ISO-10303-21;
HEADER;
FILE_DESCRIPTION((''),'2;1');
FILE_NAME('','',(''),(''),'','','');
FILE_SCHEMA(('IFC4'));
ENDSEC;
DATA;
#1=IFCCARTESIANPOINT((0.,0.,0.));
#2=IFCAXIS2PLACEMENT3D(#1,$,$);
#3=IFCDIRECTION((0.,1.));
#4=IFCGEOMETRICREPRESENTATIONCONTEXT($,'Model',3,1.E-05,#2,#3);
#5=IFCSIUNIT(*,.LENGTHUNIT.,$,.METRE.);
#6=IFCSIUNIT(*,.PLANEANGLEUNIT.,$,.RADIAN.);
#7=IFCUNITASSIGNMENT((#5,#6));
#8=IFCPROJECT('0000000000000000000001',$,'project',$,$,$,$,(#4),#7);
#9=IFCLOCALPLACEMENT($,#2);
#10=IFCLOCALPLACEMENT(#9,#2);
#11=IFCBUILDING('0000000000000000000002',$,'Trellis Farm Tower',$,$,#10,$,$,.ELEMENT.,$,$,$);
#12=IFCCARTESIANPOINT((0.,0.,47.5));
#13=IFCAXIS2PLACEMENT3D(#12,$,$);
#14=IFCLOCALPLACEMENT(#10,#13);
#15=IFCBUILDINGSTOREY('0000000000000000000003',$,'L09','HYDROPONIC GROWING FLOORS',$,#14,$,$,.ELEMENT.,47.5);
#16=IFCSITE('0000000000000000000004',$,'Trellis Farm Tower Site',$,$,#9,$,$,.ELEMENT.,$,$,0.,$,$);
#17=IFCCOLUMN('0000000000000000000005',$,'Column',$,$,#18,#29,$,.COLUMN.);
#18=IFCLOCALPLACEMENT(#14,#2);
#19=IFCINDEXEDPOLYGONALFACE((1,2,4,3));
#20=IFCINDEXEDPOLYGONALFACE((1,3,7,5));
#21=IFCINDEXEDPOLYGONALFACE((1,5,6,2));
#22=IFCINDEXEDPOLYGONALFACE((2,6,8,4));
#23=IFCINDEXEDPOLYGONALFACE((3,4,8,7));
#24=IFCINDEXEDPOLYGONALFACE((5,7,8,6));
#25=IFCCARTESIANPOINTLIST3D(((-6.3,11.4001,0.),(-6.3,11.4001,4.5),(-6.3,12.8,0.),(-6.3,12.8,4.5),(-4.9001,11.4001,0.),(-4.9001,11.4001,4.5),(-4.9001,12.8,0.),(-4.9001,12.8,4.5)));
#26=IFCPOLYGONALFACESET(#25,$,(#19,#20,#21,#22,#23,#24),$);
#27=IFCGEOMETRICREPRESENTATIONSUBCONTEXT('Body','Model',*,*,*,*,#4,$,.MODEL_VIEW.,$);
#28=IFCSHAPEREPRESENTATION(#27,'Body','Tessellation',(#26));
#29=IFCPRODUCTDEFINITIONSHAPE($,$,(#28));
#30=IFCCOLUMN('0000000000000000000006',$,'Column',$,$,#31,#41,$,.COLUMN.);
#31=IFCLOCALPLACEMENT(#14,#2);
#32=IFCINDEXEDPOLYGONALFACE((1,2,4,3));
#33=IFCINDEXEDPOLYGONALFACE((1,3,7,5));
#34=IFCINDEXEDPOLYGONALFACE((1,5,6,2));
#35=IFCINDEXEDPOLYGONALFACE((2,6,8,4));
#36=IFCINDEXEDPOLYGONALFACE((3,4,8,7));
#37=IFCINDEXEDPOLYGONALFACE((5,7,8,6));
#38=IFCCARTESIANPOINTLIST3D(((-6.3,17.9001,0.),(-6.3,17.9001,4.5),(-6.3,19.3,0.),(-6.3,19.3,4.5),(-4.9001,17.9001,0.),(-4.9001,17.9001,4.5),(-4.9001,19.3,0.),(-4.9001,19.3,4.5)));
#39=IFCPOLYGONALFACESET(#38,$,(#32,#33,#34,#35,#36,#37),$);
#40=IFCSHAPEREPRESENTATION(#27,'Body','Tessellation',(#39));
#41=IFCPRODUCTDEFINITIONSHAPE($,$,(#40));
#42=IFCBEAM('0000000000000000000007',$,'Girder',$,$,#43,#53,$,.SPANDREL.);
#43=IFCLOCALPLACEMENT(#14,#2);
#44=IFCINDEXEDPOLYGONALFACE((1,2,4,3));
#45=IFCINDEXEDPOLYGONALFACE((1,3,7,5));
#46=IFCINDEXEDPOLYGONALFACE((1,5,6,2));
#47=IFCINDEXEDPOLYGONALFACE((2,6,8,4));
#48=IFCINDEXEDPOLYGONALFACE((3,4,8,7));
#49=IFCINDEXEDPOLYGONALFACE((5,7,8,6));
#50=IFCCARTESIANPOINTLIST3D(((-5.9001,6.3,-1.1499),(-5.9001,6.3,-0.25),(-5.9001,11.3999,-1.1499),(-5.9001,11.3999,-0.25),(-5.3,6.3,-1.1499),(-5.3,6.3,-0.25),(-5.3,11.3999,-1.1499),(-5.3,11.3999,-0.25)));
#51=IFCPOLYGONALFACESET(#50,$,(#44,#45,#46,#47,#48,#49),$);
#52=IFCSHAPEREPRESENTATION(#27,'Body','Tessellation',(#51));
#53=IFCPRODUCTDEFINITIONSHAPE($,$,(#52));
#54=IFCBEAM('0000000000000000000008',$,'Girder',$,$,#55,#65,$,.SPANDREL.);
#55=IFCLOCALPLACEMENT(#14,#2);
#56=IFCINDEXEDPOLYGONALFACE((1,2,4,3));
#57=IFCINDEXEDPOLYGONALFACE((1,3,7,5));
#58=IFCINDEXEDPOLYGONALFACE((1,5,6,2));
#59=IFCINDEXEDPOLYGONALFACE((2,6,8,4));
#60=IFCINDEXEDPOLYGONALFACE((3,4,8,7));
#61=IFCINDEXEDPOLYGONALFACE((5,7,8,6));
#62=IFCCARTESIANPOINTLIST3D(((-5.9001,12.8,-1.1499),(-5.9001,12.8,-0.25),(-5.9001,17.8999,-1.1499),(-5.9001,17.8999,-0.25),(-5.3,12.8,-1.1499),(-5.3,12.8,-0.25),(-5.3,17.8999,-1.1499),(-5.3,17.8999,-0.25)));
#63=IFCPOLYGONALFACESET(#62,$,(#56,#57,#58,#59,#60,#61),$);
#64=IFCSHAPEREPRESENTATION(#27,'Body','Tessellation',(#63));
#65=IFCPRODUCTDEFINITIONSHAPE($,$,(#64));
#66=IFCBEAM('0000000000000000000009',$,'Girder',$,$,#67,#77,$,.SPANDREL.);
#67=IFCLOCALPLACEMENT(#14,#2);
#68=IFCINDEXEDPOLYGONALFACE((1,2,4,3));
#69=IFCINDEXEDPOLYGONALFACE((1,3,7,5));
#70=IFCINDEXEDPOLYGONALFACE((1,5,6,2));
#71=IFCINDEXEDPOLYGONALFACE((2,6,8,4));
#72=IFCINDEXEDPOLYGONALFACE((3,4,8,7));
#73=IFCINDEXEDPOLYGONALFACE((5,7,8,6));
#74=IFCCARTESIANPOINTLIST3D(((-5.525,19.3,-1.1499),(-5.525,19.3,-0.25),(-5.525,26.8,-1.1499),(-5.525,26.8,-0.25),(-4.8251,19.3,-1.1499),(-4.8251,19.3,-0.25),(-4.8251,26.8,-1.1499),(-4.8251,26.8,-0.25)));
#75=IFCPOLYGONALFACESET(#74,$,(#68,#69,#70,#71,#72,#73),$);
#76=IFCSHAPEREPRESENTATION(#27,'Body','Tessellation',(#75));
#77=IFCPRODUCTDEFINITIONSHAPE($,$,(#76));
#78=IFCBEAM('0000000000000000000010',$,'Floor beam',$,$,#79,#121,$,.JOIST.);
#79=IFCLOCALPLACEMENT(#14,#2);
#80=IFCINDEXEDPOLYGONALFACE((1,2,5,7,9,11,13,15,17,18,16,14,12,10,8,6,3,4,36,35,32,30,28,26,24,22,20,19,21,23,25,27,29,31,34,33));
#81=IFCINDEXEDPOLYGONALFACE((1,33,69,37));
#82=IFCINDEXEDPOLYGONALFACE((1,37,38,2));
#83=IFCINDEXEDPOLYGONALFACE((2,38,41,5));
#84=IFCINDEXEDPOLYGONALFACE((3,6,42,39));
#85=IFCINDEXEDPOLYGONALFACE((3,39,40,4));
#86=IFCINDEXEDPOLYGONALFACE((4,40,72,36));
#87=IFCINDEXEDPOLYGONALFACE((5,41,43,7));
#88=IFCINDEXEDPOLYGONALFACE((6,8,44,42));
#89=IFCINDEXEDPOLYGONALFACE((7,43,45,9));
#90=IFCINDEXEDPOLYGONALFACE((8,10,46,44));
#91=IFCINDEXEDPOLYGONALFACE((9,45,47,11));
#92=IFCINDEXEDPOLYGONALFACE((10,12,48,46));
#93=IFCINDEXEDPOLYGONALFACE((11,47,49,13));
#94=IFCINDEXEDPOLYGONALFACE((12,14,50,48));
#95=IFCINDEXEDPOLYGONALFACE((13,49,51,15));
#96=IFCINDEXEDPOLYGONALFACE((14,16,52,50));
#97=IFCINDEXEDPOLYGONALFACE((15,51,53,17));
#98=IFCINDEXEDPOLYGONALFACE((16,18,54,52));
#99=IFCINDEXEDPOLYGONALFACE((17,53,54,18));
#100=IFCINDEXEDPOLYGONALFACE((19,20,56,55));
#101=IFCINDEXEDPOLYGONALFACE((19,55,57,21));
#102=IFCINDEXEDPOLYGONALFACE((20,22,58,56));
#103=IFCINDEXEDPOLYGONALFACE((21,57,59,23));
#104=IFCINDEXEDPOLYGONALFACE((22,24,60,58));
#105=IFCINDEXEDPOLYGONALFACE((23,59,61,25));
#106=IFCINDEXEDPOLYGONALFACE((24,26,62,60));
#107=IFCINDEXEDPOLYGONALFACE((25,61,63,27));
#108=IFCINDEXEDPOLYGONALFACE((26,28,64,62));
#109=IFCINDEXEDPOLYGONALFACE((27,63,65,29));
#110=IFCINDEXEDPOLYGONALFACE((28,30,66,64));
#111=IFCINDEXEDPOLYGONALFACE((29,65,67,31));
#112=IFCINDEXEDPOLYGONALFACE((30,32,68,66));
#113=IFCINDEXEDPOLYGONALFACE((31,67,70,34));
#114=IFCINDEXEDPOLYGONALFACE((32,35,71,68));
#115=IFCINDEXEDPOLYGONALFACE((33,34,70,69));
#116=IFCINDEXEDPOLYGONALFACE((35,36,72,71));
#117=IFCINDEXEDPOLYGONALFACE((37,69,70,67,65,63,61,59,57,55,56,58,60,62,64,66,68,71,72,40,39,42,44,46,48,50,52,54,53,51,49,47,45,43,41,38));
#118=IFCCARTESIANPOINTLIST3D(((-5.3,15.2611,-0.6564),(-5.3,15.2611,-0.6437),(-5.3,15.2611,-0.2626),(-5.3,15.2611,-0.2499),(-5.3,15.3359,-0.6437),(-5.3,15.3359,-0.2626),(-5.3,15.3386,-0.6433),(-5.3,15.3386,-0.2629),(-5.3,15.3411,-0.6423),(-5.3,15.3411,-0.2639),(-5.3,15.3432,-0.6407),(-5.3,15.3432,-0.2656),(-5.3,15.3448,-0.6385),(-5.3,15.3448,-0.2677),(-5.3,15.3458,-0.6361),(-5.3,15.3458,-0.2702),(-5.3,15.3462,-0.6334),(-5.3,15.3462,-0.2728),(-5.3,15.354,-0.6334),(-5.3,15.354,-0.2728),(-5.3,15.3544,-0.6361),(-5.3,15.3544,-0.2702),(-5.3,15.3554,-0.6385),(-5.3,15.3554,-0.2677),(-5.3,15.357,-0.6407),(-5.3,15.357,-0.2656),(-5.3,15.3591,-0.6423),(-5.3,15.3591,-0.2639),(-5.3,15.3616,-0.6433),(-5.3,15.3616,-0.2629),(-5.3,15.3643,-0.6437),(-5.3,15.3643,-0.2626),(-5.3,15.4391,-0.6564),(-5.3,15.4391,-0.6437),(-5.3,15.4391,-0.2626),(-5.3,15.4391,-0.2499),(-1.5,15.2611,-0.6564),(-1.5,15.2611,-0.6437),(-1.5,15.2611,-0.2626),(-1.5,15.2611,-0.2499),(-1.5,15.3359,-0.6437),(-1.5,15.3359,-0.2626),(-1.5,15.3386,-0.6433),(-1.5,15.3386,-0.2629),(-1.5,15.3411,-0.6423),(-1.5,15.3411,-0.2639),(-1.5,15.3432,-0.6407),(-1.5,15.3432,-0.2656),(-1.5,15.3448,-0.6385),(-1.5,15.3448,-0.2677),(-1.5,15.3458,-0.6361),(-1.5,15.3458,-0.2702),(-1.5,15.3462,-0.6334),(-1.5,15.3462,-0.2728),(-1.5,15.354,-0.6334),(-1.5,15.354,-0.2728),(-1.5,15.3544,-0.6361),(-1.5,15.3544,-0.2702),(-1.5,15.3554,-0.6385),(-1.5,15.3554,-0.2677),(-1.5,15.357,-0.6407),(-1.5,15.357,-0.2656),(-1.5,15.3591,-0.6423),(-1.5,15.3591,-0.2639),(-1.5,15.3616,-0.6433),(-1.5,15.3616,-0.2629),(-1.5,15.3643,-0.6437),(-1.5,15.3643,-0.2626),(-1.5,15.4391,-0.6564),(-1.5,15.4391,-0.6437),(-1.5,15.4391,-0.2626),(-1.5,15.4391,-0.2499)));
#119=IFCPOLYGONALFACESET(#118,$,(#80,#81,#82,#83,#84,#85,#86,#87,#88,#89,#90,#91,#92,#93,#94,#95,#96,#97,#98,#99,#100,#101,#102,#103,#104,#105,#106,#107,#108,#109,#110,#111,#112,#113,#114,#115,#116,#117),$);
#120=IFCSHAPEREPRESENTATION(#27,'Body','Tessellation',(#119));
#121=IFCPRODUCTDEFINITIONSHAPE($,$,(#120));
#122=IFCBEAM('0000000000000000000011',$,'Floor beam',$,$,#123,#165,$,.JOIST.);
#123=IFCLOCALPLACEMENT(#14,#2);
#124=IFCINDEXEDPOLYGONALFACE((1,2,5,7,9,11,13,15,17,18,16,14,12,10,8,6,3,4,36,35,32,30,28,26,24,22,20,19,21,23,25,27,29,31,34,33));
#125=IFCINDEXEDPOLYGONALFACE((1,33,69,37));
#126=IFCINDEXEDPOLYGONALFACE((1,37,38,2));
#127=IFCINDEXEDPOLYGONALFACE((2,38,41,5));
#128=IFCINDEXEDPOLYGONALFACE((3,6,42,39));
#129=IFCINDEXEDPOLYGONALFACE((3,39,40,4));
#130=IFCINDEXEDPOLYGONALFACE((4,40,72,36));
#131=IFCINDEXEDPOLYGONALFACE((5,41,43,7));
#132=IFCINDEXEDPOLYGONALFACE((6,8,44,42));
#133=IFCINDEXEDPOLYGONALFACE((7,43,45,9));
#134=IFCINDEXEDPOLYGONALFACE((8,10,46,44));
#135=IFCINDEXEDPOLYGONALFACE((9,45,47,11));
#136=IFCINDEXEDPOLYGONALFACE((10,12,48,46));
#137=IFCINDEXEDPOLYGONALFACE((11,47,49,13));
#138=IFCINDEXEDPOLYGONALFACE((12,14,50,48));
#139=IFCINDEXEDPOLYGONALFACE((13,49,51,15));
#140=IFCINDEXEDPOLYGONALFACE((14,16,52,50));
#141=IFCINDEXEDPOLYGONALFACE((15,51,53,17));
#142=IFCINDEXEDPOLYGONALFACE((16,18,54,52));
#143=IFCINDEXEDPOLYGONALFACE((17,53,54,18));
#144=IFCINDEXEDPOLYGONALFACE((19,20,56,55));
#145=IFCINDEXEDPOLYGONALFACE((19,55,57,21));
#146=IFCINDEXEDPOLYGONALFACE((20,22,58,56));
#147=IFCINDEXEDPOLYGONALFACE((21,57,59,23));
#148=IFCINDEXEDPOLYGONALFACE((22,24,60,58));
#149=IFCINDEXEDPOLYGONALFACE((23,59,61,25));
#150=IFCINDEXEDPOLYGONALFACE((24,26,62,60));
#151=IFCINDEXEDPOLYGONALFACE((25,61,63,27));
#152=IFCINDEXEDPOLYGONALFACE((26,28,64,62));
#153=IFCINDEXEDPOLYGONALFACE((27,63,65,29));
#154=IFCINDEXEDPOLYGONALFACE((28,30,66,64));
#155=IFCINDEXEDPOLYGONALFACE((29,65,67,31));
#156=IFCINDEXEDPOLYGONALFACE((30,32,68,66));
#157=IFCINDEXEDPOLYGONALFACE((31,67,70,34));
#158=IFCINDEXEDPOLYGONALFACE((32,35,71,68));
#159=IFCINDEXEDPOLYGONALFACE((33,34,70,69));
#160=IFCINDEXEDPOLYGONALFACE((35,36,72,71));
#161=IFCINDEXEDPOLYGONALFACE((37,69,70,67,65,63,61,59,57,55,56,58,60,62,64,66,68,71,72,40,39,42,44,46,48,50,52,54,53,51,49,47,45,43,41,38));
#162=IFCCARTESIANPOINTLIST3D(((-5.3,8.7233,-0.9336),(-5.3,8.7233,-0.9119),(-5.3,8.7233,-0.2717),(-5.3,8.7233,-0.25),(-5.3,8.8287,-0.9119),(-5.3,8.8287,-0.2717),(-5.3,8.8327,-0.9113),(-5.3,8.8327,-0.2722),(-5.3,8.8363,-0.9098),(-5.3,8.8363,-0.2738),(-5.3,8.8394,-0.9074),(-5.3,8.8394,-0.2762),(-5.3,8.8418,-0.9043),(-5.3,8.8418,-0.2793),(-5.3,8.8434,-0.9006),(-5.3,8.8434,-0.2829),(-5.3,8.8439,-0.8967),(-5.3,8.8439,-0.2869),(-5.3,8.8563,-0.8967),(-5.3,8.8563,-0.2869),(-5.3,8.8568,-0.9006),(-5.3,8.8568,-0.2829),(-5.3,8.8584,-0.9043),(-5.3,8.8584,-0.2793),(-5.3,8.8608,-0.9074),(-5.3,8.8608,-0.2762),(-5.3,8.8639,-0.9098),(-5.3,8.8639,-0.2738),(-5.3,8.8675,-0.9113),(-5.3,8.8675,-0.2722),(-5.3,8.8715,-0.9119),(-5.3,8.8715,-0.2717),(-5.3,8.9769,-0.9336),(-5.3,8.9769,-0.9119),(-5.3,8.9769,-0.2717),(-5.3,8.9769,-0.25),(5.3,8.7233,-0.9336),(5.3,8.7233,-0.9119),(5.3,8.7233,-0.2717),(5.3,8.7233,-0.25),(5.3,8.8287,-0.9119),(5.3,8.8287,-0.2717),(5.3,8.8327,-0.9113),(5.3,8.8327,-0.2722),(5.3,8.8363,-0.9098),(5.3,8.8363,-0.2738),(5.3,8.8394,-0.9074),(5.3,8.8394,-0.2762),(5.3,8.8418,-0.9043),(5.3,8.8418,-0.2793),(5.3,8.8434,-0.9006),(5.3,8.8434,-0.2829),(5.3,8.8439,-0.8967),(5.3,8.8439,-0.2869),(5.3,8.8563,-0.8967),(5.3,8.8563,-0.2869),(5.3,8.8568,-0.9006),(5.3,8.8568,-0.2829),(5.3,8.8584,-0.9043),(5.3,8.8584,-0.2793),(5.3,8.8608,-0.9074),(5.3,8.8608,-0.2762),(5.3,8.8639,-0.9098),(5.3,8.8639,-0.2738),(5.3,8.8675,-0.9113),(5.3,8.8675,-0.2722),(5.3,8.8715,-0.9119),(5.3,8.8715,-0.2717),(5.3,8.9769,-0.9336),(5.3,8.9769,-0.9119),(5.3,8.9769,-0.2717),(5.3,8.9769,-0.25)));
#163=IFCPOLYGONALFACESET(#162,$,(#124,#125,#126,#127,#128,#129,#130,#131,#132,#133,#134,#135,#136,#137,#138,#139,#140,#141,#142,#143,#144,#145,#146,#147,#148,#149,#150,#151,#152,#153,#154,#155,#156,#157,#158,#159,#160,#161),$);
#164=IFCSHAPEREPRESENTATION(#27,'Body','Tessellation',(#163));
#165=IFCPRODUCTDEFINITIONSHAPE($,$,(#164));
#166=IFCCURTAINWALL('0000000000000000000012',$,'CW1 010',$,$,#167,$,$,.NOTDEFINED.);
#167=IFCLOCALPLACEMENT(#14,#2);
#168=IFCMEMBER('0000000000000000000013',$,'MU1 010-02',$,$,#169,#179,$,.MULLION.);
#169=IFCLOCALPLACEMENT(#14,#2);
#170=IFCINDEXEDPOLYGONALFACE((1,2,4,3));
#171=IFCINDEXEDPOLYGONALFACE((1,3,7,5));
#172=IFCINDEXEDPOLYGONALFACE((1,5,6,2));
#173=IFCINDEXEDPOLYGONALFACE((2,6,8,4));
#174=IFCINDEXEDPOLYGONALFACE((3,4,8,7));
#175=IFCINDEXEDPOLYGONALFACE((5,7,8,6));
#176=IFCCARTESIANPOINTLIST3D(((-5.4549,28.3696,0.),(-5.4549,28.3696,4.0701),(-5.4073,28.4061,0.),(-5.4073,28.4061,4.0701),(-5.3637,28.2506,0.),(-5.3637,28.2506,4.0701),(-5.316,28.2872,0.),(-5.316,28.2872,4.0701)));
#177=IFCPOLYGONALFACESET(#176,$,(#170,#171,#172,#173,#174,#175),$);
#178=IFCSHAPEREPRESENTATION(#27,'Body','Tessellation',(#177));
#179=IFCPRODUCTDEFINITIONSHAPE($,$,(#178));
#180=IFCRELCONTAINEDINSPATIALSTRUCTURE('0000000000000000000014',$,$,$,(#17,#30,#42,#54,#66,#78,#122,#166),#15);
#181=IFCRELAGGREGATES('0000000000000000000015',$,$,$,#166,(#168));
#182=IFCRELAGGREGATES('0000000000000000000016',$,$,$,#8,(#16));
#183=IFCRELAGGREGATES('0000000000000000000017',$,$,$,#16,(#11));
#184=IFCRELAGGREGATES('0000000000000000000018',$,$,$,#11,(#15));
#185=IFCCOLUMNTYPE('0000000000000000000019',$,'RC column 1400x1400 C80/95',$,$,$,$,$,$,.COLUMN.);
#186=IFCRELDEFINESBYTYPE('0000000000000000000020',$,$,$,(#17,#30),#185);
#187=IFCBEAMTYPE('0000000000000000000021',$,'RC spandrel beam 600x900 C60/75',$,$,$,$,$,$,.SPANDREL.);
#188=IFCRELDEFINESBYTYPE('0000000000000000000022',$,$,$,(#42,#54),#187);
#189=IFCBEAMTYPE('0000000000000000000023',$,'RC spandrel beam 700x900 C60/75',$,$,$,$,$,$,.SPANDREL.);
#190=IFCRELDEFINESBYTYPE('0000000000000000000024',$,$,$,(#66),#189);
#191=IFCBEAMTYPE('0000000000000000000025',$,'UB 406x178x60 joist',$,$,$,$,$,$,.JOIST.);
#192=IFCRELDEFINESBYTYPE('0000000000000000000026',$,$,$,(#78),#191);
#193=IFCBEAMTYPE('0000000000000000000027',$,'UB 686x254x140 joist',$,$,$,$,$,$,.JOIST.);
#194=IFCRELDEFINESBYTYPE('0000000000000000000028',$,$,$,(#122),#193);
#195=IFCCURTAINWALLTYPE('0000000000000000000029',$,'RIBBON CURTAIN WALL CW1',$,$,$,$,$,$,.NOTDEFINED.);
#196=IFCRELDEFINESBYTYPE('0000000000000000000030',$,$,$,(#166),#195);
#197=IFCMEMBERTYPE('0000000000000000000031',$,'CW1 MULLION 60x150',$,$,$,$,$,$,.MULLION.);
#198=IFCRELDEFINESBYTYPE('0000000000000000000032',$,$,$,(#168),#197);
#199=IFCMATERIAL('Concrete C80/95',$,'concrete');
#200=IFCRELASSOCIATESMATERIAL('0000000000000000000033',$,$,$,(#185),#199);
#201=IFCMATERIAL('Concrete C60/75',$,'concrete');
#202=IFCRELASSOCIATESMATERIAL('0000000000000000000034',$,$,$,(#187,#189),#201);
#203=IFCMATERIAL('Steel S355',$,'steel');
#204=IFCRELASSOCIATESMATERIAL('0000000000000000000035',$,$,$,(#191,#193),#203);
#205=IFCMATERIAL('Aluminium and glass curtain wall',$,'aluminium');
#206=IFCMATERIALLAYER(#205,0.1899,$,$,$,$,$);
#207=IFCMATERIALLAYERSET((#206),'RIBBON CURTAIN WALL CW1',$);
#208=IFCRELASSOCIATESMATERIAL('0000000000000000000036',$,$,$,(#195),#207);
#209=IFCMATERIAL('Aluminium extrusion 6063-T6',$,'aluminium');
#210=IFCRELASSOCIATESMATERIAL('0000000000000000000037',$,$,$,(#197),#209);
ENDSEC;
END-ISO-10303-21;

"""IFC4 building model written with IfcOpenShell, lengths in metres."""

from ifc_helpers import new_model, si_unit, direction, frame, origin, origin_2d, place, context, subcontext, project, spatial, rectangle, i_section, extrude, source, transform, mapped, material, layer, layer_set, material_profile, profile_set, type_object, element, aggregate, save


model = new_model("IFC4")

# Units and contexts
model_context = context("Model", 3, precision=1e-05, world=origin(), true_north=direction((0.0, 1.0)))
body_context = subcontext(model_context, "Body", "Model", "MODEL_VIEW")
ifc_project = project(units=[si_unit("LENGTHUNIT", "METRE"), si_unit("PLANEANGLEUNIT", "RADIAN")], contexts=[model_context])

# Site, building, storey
site_placement = place(None, origin())
site = spatial("IfcSite", under=ifc_project, at=site_placement, Name="Trellis Farm Tower Site", CompositionType="ELEMENT", RefElevation=0.0)
building_placement = place(site_placement, origin())
building = spatial("IfcBuilding", under=site, at=building_placement, Name="Trellis Farm Tower", CompositionType="ELEMENT")
storey_placement = place(building_placement, frame((0.0, 0.0, 47.5)))
storey = spatial("IfcBuildingStorey", under=building, at=storey_placement, Name="L09", Description="HYDROPONIC GROWING FLOORS", CompositionType="ELEMENT", Elevation=47.5)

# Columns
ifc_material_1 = material(Name="Concrete C80/95", Category="concrete")
ifc_material_profile_1 = material_profile(ifc_material_1, rectangle(XDim=1.3999, YDim=1.3999, at=origin_2d()), Name="RC column 1400x1400 C80/95")
ifc_profile_set_1 = profile_set([ifc_material_profile_1], Name="Concrete C80/95")
column_type = type_object("IfcColumnType", Name="RC column 1400x1400 C80/95", PredefinedType="COLUMN", material=ifc_profile_set_1)
shared_shape_1 = source(origin(), body_context, "Body", "SweptSolid", [
    extrude(rectangle(XDim=1.3999, YDim=1.3999, at=origin_2d()), origin(), (0.0, 0.0, 1.0), 4.5),
])
for number, where, z_axis, x_axis, name in (
    (1, (-5.6001, 12.1001, 0.0), (0.0, 0.0, 1.0), (1.0, 0.0, 0.0), "Column"),
    (2, (-5.6001, 18.6001, 0.0), (0.0, 0.0, 1.0), (1.0, 0.0, 0.0), "Column"),
):
    element("IfcColumn", number, at=place(storey_placement, frame(where, z_axis=z_axis, x_axis=x_axis)), inside=storey, type_object=column_type, Name=name, PredefinedType="COLUMN", context=body_context, shape_type="MappedRepresentation", body=[
        mapped(shared_shape_1, transform((0.0, 0.0, 0.0))),
    ])

# Beams
ifc_material_2 = material(Name="Concrete C60/75", Category="concrete")
ifc_material_profile_2 = material_profile(ifc_material_2, rectangle(XDim=0.6001, YDim=0.8999, at=origin_2d()), Name="RC spandrel beam 600x900 C60/75")
ifc_profile_set_2 = profile_set([ifc_material_profile_2], Name="Concrete C60/75")
beam_type_1 = type_object("IfcBeamType", Name="RC spandrel beam 600x900 C60/75", PredefinedType="SPANDREL", material=ifc_profile_set_2)
shared_shape_2 = source(origin(), body_context, "Body", "SweptSolid", [
    extrude(rectangle(XDim=0.6001, YDim=0.8999, at=origin_2d()), origin(), (0.0, 0.0, 1.0), 5.0999),
])
for number, where, z_axis, x_axis, name in (
    (3, (-5.6001, 6.3, -0.7), (0.0, 1.0, 0.0), (-1.0, 0.0, 0.0), "Girder"),
    (4, (-5.6001, 12.8, -0.7), (0.0, 1.0, 0.0), (-1.0, 0.0, 0.0), "Girder"),
):
    element("IfcBeam", number, at=place(storey_placement, frame(where, z_axis=z_axis, x_axis=x_axis)), inside=storey, type_object=beam_type_1, Name=name, PredefinedType="SPANDREL", context=body_context, shape_type="MappedRepresentation", body=[
        mapped(shared_shape_2, transform((0.0, 0.0, 0.0))),
    ])
ifc_material_profile_3 = material_profile(ifc_material_2, rectangle(XDim=0.7, YDim=0.8999, at=origin_2d()), Name="RC spandrel beam 700x900 C60/75")
ifc_profile_set_3 = profile_set([ifc_material_profile_3], Name="Concrete C60/75")
beam_type_2 = type_object("IfcBeamType", Name="RC spandrel beam 700x900 C60/75", PredefinedType="SPANDREL", material=ifc_profile_set_3)
shared_shape_3 = source(origin(), body_context, "Body", "SweptSolid", [
    extrude(rectangle(XDim=0.7, YDim=0.8999, at=origin_2d()), origin(), (0.0, 0.0, 1.0), 7.5),
])
beam_1_placement = place(storey_placement, frame((-5.175, 19.3, -0.7), z_axis=(0.0, 1.0, 0.0), x_axis=(-1.0, 0.0, 0.0)))
element("IfcBeam", 5, at=beam_1_placement, inside=storey, type_object=beam_type_2, Name="Girder", PredefinedType="SPANDREL", context=body_context, shape_type="MappedRepresentation", body=[
    mapped(shared_shape_3, transform((0.0, 0.0, 0.0))),
])
ifc_material_3 = material(Name="Steel S355", Category="steel")
ifc_material_profile_4 = material_profile(ifc_material_3, i_section(OverallWidth=0.178, OverallDepth=0.4065, WebThickness=0.0078, FlangeThickness=0.0127, FilletRadius=0.0103, at=origin_2d()), Name="UB 406x178x60")
ifc_profile_set_4 = profile_set([ifc_material_profile_4], Name="Steel S355")
beam_type_3 = type_object("IfcBeamType", Name="UB 406x178x60 joist", PredefinedType="JOIST", material=ifc_profile_set_4)
shared_shape_4 = source(origin(), body_context, "Body", "SweptSolid", [
    extrude(i_section(OverallWidth=0.178, OverallDepth=0.4065, WebThickness=0.0078, FlangeThickness=0.0127, FilletRadius=0.0103, at=origin_2d()), origin(), (0.0, 0.0, 1.0), 3.8),
])
beam_2_placement = place(storey_placement, frame((-5.3, 15.3501, -0.4531), z_axis=(1.0, 0.0, 0.0), x_axis=(0.0, 1.0, 0.0)))
element("IfcBeam", 6, at=beam_2_placement, inside=storey, type_object=beam_type_3, Name="Floor beam", PredefinedType="JOIST", context=body_context, shape_type="MappedRepresentation", body=[
    mapped(shared_shape_4, transform((0.0, 0.0, 0.0))),
])
ifc_material_profile_5 = material_profile(ifc_material_3, i_section(OverallWidth=0.2537, OverallDepth=0.6836, WebThickness=0.0125, FlangeThickness=0.0217, FilletRadius=0.0151, at=origin_2d()), Name="UB 686x254x140")
ifc_profile_set_5 = profile_set([ifc_material_profile_5], Name="Steel S355")
beam_type_4 = type_object("IfcBeamType", Name="UB 686x254x140 joist", PredefinedType="JOIST", material=ifc_profile_set_5)
shared_shape_5 = source(origin(), body_context, "Body", "SweptSolid", [
    extrude(i_section(OverallWidth=0.2537, OverallDepth=0.6836, WebThickness=0.0125, FlangeThickness=0.0217, FilletRadius=0.0151, at=origin_2d()), origin(), (0.0, 0.0, 1.0), 10.6001),
])
beam_3_placement = place(storey_placement, frame((-5.3, 8.8501, -0.5918), z_axis=(1.0, 0.0, 0.0), x_axis=(0.0, 1.0, 0.0)))
element("IfcBeam", 7, at=beam_3_placement, inside=storey, type_object=beam_type_4, Name="Floor beam", PredefinedType="JOIST", context=body_context, shape_type="MappedRepresentation", body=[
    mapped(shared_shape_5, transform((0.0, 0.0, 0.0))),
])

# Curtain wall, member
ifc_material_4 = material(Name="Aluminium and glass curtain wall", Category="aluminium")
ifc_layer_1 = layer(ifc_material_4, 0.1899)
ifc_layer_set_1 = layer_set([ifc_layer_1], Name="RIBBON CURTAIN WALL CW1")
curtain_wall_type_1 = type_object("IfcCurtainWallType", Name="RIBBON CURTAIN WALL CW1", PredefinedType="NOTDEFINED", material=ifc_layer_set_1)
placement = place(storey_placement, origin())
curtain_wall_1 = element("IfcCurtainWall", 8, at=placement, inside=storey, type_object=curtain_wall_type_1, Name="CW1 010", PredefinedType="NOTDEFINED")
ifc_material_5 = material(Name="Aluminium extrusion 6063-T6", Category="aluminium")
ifc_material_profile_6 = material_profile(ifc_material_5, rectangle(XDim=0.0601, YDim=0.1499, at=origin_2d()), Name="MULLION 60x150")
ifc_profile_set_6 = profile_set([ifc_material_profile_6], Name="Aluminium extrusion 6063-T6")
member_type_1 = type_object("IfcMemberType", Name="CW1 MULLION 60x150", PredefinedType="MULLION", material=ifc_profile_set_6)
shared_shape_6 = source(origin(), body_context, "Body", "SweptSolid", [
    extrude(rectangle(XDim=0.0601, YDim=0.1499, at=origin_2d()), origin(), (0.0, 0.0, 1.0), 4.0701),
])
member_1_placement = place(storey_placement, frame((-5.3855, 28.3284, 0.0), z_axis=(0.0, 0.0, 1.0), x_axis=(-0.793353, -0.608761, 0.0)))
member_1 = element("IfcMember", 9, at=member_1_placement, type_object=member_type_1, Name="MU1 010-02", PredefinedType="MULLION", context=body_context, shape_type="MappedRepresentation", body=[
    mapped(shared_shape_6, transform((0.0, 0.0, 0.0))),
])
aggregate(curtain_wall_1, [member_1])

save(model, "model.ifc")
